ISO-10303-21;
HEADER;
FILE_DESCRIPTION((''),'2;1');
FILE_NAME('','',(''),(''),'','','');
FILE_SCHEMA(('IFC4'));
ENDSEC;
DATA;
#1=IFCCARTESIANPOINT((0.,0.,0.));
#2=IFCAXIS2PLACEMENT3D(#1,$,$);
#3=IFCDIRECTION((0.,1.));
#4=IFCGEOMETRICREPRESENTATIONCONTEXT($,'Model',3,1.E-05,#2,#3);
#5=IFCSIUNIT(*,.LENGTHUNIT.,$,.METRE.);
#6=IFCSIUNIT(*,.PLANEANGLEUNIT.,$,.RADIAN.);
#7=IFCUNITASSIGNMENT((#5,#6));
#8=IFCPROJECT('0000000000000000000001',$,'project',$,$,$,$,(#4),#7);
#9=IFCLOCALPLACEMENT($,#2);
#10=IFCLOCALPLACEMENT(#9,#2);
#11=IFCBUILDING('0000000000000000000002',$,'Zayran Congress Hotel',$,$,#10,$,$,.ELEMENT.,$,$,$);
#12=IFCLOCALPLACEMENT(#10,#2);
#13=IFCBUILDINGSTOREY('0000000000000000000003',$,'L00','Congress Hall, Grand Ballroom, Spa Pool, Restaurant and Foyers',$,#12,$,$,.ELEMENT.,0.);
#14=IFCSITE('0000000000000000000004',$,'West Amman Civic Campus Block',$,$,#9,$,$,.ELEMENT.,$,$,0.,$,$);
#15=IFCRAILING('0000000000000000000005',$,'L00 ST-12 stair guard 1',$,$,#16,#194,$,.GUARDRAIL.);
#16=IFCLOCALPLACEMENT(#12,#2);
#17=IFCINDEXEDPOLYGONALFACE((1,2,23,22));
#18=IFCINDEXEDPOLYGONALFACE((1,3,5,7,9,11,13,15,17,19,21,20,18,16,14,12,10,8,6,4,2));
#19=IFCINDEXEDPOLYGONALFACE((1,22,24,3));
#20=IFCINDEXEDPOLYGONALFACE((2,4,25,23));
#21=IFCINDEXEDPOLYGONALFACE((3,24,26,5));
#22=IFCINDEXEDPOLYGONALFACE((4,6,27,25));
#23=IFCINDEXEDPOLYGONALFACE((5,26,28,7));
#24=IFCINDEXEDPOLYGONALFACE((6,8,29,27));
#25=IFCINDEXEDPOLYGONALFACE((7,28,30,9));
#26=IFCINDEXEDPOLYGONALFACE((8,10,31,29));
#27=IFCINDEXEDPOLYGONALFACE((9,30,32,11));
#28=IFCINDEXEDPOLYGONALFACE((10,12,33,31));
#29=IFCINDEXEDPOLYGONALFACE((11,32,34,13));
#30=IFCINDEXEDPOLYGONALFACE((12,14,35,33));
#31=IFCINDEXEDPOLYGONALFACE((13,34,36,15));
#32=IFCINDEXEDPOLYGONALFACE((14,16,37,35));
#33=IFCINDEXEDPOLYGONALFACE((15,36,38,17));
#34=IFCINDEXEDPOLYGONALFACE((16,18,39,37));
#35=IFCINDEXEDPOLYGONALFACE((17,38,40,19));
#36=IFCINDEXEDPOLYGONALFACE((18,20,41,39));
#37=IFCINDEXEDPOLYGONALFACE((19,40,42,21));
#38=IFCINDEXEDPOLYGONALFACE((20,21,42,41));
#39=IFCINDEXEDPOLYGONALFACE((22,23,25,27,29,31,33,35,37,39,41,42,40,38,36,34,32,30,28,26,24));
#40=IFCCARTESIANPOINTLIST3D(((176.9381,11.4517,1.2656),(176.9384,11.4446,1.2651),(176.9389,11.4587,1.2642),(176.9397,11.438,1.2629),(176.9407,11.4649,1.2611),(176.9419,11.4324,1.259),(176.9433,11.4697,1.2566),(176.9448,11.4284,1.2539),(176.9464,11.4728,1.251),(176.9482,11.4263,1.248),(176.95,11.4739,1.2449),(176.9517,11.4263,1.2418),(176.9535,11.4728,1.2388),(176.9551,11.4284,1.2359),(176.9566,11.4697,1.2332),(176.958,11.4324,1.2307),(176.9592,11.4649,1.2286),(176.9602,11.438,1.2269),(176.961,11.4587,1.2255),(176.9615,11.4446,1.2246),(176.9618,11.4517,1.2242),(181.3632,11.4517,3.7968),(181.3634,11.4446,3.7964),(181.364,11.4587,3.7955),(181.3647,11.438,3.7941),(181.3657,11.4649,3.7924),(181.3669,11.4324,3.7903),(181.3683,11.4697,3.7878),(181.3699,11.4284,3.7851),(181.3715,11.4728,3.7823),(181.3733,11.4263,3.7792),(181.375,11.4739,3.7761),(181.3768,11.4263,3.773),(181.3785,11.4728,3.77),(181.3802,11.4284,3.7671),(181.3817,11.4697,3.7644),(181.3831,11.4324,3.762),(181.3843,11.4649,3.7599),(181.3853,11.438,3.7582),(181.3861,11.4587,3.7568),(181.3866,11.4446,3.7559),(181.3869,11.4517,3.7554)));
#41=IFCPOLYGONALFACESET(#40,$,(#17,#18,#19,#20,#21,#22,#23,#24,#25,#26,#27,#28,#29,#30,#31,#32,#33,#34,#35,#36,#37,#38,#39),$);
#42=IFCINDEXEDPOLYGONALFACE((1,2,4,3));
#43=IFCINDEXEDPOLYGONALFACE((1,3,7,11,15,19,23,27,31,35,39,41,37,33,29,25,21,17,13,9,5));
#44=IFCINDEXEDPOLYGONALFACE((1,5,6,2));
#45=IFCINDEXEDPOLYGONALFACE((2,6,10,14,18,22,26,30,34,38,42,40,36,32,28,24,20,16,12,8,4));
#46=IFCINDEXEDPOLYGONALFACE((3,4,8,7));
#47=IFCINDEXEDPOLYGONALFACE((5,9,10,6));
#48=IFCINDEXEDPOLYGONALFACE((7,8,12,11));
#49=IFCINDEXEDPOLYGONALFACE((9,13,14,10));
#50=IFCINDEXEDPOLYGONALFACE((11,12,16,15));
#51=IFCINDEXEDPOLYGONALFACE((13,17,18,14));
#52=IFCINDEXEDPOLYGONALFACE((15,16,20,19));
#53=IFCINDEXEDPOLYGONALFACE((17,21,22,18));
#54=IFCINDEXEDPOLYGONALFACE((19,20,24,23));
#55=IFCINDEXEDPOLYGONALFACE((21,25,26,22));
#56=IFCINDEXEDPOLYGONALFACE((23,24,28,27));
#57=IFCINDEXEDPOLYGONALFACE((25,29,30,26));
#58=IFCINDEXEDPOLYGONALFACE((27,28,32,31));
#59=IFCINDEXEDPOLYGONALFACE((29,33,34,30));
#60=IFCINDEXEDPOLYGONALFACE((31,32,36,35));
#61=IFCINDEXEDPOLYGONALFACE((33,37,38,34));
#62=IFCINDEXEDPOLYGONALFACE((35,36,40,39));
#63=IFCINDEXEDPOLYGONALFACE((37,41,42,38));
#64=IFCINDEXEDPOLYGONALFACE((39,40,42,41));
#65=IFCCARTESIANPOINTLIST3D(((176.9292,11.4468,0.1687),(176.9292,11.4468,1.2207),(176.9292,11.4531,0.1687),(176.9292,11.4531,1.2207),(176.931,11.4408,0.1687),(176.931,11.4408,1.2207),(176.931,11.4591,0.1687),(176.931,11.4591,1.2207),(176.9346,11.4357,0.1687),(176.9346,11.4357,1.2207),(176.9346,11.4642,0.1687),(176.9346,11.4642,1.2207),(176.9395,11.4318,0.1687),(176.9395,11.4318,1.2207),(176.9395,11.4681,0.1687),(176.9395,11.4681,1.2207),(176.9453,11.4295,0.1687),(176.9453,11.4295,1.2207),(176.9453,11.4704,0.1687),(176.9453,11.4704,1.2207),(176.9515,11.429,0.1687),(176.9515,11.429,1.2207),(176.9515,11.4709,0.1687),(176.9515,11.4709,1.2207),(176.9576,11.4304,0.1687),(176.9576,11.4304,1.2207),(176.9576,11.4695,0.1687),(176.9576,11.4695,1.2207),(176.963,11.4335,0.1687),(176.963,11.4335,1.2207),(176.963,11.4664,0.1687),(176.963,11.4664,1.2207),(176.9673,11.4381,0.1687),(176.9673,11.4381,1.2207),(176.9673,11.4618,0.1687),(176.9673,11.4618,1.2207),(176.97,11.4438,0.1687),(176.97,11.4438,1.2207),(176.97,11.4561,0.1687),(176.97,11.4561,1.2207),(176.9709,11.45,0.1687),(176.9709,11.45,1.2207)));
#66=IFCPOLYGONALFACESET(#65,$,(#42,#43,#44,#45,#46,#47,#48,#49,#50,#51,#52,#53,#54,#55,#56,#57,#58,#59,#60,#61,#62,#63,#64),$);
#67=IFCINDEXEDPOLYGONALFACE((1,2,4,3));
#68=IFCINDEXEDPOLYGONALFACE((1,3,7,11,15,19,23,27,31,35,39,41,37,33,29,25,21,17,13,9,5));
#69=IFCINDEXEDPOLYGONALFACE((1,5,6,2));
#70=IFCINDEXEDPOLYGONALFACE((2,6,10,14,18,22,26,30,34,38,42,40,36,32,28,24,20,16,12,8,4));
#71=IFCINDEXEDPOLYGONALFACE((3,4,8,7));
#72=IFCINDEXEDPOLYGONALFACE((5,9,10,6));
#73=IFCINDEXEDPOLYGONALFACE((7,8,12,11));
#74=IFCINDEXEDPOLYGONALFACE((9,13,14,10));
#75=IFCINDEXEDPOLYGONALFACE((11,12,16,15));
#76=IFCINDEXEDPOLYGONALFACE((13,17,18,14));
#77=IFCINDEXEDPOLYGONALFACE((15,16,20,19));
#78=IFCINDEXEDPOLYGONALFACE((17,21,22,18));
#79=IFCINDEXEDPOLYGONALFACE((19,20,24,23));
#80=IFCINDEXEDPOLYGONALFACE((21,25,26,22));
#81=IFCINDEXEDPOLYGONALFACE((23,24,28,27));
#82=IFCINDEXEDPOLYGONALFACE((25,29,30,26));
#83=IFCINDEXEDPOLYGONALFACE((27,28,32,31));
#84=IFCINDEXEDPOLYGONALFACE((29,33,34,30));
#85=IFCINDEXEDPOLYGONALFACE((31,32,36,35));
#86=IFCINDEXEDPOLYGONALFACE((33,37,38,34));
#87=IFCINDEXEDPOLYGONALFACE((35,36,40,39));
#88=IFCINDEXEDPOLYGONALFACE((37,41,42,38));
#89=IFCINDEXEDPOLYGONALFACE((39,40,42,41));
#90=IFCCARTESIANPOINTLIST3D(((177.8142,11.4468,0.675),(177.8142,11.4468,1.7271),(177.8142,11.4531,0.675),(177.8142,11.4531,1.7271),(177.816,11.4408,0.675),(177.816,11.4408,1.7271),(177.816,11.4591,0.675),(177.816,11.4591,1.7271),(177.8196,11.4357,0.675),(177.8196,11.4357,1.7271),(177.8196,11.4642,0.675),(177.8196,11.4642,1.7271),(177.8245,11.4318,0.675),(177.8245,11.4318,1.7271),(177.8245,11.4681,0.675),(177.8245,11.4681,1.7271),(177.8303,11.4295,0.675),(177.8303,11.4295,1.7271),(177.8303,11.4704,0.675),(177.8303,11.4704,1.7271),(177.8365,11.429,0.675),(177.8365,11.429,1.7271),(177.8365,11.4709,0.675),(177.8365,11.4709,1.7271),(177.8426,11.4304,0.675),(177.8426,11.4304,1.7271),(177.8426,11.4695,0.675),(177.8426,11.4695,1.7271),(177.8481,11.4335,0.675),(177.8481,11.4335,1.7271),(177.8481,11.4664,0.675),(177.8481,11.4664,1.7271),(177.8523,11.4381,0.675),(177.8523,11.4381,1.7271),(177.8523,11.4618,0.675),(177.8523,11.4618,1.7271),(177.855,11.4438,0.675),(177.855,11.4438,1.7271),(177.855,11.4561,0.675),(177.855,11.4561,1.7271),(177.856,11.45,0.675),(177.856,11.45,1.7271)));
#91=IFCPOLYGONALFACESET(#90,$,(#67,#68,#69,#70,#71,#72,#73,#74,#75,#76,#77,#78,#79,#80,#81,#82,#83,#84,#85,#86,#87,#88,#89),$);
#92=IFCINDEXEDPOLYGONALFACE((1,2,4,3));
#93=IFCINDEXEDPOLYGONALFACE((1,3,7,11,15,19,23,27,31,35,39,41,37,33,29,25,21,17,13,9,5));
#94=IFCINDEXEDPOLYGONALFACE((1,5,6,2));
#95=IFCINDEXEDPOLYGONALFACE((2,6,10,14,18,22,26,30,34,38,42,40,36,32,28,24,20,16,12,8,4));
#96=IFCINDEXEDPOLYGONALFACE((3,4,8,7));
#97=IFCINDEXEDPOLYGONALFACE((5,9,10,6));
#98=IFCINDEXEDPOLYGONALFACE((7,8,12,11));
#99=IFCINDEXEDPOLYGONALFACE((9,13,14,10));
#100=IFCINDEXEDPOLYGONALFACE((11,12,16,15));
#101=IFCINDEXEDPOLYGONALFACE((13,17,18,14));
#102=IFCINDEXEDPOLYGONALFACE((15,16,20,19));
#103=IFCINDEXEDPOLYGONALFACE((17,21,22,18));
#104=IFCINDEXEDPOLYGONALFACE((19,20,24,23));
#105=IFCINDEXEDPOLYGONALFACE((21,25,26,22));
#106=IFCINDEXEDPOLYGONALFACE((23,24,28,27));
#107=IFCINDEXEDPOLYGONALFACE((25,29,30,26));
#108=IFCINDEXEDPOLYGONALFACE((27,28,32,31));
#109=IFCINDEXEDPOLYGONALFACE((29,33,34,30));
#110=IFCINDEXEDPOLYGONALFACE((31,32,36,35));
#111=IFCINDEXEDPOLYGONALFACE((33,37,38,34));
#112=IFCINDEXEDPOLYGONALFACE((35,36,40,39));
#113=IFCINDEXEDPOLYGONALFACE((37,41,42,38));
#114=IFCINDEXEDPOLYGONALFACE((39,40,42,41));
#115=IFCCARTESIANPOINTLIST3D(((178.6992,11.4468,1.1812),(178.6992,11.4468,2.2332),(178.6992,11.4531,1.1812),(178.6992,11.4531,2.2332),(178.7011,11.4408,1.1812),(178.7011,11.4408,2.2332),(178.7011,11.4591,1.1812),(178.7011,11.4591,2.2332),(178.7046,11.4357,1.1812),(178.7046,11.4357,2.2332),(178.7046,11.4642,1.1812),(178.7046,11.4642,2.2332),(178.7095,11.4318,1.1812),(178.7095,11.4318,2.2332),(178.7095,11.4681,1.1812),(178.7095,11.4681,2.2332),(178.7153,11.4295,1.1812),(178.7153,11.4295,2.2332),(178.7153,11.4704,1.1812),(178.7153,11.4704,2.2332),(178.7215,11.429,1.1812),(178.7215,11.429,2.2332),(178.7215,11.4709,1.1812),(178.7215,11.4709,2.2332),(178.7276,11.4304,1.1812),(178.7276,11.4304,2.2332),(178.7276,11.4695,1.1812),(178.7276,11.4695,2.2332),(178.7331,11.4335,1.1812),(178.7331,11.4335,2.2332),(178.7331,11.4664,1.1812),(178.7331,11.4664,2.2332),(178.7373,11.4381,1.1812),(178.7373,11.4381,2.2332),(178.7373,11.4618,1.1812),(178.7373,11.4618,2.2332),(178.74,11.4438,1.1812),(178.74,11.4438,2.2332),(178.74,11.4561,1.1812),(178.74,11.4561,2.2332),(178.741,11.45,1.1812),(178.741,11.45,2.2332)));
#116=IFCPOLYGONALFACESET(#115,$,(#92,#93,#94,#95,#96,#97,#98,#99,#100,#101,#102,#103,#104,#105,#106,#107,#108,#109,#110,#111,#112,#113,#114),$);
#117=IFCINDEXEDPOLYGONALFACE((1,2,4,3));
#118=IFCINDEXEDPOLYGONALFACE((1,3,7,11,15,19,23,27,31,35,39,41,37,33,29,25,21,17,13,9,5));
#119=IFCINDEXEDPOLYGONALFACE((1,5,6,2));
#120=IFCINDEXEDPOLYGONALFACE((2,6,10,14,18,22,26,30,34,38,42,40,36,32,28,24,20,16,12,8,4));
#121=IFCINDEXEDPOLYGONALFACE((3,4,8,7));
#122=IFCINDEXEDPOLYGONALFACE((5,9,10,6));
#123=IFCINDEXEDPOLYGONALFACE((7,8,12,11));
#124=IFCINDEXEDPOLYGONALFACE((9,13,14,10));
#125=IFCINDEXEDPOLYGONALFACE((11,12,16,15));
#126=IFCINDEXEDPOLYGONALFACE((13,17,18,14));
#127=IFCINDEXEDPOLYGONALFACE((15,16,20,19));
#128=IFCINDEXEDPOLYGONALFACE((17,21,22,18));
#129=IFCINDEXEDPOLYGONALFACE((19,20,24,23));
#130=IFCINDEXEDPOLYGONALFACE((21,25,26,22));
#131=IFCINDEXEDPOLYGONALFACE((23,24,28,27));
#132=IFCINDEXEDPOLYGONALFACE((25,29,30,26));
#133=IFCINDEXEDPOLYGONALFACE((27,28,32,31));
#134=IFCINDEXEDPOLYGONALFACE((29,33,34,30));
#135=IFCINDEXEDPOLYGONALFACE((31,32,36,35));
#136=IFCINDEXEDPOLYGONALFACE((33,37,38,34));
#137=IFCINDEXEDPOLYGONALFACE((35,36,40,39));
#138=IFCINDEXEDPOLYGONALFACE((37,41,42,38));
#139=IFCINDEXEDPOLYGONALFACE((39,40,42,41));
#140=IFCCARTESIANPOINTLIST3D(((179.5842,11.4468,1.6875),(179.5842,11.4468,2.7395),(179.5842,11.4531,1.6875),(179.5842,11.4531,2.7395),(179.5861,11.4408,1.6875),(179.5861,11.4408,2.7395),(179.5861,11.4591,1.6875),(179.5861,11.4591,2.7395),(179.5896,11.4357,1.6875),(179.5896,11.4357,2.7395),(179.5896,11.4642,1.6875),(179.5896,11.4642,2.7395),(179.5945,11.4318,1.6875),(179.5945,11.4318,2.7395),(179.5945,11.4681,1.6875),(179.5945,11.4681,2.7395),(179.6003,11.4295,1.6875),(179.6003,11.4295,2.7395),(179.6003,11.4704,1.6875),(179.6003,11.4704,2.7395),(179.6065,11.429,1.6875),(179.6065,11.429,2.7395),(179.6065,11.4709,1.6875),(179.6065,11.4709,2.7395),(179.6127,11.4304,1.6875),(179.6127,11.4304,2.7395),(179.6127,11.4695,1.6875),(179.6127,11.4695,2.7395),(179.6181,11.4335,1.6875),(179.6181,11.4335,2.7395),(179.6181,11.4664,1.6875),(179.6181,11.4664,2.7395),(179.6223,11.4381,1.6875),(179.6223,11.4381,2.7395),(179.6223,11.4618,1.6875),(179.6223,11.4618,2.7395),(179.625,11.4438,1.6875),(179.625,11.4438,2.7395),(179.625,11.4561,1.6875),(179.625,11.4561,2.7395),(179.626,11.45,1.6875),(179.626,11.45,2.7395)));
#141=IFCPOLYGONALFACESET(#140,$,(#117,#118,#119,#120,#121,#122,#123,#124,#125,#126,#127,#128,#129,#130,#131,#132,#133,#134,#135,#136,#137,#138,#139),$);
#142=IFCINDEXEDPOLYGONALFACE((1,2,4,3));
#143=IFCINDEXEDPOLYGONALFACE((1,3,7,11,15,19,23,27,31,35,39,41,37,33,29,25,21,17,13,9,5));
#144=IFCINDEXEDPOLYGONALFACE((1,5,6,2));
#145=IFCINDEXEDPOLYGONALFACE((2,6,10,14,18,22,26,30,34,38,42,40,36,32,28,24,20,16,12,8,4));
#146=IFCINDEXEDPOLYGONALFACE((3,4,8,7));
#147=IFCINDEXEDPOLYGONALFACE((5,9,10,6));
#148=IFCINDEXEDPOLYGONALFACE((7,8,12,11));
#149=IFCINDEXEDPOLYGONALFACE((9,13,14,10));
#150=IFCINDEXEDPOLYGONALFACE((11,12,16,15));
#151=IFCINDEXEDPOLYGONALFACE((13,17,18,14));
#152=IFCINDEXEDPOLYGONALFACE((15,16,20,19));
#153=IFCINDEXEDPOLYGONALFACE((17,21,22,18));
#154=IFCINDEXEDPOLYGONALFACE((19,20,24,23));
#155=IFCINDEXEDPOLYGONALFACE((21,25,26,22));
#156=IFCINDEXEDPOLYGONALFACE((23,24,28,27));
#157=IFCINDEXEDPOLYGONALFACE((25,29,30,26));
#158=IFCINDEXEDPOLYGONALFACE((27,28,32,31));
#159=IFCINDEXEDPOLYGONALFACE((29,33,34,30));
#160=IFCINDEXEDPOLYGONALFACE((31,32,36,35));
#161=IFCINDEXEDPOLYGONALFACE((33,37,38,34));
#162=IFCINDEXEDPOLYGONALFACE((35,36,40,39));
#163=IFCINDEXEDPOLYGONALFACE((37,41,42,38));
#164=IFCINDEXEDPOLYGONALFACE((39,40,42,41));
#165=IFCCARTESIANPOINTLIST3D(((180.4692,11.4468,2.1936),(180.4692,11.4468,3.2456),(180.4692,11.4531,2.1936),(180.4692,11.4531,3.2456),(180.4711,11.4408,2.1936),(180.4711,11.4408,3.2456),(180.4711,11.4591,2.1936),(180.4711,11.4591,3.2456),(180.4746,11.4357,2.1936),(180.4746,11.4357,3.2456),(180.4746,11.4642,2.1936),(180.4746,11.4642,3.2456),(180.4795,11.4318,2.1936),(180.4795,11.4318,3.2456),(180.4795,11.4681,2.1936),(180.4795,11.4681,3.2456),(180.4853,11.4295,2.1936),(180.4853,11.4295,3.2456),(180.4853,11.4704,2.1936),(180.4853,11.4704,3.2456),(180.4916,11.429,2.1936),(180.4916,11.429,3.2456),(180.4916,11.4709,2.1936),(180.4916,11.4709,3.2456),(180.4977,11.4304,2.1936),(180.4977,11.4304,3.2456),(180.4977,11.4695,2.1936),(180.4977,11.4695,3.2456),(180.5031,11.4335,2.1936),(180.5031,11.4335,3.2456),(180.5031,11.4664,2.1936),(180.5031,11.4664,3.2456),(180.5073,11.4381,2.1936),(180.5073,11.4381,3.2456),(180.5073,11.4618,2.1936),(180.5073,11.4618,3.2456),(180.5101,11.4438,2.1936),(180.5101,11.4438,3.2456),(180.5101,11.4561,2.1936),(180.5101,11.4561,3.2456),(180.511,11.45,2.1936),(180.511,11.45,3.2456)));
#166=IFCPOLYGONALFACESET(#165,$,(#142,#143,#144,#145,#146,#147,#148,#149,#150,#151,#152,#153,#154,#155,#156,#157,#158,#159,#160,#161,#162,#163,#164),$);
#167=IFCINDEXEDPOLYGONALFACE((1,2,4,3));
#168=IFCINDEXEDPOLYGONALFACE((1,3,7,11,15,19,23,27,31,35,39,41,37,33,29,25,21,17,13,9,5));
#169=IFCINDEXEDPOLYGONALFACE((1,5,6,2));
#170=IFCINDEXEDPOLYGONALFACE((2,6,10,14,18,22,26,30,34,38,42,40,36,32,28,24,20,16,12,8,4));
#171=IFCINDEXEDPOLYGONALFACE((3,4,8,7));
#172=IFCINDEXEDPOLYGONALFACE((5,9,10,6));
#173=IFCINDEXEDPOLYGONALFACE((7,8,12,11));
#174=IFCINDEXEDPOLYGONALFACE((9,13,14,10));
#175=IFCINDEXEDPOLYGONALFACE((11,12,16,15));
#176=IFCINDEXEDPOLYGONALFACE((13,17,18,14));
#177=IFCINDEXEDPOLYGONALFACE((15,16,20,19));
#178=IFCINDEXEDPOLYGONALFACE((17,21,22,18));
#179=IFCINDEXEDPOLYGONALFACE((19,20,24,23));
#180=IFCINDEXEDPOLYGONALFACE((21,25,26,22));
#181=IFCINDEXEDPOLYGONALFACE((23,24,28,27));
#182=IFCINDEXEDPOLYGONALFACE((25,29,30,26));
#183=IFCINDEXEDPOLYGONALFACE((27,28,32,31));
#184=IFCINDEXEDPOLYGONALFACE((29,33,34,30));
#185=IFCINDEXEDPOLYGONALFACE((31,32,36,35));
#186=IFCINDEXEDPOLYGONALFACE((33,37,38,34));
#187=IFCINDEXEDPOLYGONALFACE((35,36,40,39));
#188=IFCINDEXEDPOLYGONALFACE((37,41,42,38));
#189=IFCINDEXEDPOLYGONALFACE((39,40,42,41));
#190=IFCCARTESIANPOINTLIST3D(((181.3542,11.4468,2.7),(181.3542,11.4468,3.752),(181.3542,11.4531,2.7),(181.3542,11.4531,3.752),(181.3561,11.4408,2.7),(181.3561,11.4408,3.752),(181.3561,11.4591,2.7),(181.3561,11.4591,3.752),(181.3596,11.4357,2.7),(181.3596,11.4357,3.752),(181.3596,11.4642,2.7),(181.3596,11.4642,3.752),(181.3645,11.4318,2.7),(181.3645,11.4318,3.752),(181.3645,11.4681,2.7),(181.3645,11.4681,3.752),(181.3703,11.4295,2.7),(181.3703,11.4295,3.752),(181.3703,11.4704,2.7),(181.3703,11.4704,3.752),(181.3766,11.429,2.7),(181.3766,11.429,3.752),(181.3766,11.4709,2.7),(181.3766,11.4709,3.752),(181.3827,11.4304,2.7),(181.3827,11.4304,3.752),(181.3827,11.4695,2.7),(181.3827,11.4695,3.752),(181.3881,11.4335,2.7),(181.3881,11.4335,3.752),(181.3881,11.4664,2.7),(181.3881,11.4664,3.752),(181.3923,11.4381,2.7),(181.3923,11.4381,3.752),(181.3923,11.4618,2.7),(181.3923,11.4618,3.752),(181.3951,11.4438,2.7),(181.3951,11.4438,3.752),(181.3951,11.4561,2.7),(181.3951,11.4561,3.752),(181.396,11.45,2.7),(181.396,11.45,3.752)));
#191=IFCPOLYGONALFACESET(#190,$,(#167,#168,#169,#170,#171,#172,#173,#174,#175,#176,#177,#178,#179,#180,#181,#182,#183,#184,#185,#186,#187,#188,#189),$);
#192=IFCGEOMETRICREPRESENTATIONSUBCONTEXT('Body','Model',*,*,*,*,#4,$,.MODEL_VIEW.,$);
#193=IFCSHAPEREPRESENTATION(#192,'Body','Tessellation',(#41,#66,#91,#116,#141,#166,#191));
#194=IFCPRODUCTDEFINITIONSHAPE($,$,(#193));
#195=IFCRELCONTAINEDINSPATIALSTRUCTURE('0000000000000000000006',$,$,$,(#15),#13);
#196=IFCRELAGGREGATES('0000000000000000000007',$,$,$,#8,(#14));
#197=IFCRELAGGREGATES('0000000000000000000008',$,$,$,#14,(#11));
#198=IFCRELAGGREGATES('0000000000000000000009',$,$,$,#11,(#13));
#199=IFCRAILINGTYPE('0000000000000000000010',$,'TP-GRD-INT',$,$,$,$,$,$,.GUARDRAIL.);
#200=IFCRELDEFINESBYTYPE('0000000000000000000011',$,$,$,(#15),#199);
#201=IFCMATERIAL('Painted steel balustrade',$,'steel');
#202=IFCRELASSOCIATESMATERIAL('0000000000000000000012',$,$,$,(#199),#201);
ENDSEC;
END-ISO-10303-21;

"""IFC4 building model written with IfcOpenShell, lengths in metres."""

from ifc_helpers import new_model, si_unit, direction, frame, origin, origin_2d, place, context, subcontext, project, spatial, circle, extrude, material, type_object, element, save


model = new_model("IFC4")

# Units and contexts
model_context = context("Model", 3, precision=1e-05, world=origin(), true_north=direction((0.0, 1.0)))
body_context = subcontext(model_context, "Body", "Model", "MODEL_VIEW")
ifc_project = project(units=[si_unit("LENGTHUNIT", "METRE"), si_unit("PLANEANGLEUNIT", "RADIAN")], contexts=[model_context])

# Site, building, storey
site_placement = place(None, origin())
site = spatial("IfcSite", under=ifc_project, at=site_placement, Name="West Amman Civic Campus Block", CompositionType="ELEMENT", RefElevation=0.0)
building_placement = place(site_placement, origin())
building = spatial("IfcBuilding", under=site, at=building_placement, Name="Zayran Congress Hotel", CompositionType="ELEMENT")
storey_placement = place(building_placement, origin())
storey = spatial("IfcBuildingStorey", under=building, at=storey_placement, Name="L00", Description="Congress Hall, Grand Ballroom, Spa Pool, Restaurant and Foyers", CompositionType="ELEMENT", Elevation=0.0)

# Railing
ifc_material_1 = material(Name="Painted steel balustrade", Category="steel")
railing_type_1 = type_object("IfcRailingType", Name="TP-GRD-INT", PredefinedType="GUARDRAIL", material=ifc_material_1)
railing_1_placement = place(storey_placement, frame((176.95, 11.45, 0.1687)))
element("IfcRailing", 1, at=railing_1_placement, inside=storey, type_object=railing_type_1, Name="L00 ST-12 stair guard 1", PredefinedType="GUARDRAIL", context=body_context, shape_type="SweptSolid", body=[
    extrude(circle(Radius=0.0239, at=origin_2d()), frame((0.0, 0.0, 1.0762), z_axis=(0.868019, 0.0, 0.496531), x_axis=(0.0, 1.0, 0.0)), (0.0, 0.0, 1.0), 5.0979),
    extrude(circle(Radius=0.021, at=origin_2d()), origin(), (0.0, 0.0, 1.0), 1.052),
    extrude(circle(Radius=0.021, at=origin_2d()), frame((0.885, 0.0, 0.5063)), (0.0, 0.0, 1.0), 1.052),
    extrude(circle(Radius=0.021, at=origin_2d()), frame((1.77, 0.0, 1.0125)), (0.0, 0.0, 1.0), 1.052),
    extrude(circle(Radius=0.021, at=origin_2d()), frame((2.655, 0.0, 1.5188)), (0.0, 0.0, 1.0), 1.052),
    extrude(circle(Radius=0.021, at=origin_2d()), frame((3.54, 0.0, 2.0249)), (0.0, 0.0, 1.0), 1.052),
    extrude(circle(Radius=0.021, at=origin_2d()), frame((4.425, 0.0, 2.5312)), (0.0, 0.0, 1.0), 1.052),
])

save(model, "model.ifc")
